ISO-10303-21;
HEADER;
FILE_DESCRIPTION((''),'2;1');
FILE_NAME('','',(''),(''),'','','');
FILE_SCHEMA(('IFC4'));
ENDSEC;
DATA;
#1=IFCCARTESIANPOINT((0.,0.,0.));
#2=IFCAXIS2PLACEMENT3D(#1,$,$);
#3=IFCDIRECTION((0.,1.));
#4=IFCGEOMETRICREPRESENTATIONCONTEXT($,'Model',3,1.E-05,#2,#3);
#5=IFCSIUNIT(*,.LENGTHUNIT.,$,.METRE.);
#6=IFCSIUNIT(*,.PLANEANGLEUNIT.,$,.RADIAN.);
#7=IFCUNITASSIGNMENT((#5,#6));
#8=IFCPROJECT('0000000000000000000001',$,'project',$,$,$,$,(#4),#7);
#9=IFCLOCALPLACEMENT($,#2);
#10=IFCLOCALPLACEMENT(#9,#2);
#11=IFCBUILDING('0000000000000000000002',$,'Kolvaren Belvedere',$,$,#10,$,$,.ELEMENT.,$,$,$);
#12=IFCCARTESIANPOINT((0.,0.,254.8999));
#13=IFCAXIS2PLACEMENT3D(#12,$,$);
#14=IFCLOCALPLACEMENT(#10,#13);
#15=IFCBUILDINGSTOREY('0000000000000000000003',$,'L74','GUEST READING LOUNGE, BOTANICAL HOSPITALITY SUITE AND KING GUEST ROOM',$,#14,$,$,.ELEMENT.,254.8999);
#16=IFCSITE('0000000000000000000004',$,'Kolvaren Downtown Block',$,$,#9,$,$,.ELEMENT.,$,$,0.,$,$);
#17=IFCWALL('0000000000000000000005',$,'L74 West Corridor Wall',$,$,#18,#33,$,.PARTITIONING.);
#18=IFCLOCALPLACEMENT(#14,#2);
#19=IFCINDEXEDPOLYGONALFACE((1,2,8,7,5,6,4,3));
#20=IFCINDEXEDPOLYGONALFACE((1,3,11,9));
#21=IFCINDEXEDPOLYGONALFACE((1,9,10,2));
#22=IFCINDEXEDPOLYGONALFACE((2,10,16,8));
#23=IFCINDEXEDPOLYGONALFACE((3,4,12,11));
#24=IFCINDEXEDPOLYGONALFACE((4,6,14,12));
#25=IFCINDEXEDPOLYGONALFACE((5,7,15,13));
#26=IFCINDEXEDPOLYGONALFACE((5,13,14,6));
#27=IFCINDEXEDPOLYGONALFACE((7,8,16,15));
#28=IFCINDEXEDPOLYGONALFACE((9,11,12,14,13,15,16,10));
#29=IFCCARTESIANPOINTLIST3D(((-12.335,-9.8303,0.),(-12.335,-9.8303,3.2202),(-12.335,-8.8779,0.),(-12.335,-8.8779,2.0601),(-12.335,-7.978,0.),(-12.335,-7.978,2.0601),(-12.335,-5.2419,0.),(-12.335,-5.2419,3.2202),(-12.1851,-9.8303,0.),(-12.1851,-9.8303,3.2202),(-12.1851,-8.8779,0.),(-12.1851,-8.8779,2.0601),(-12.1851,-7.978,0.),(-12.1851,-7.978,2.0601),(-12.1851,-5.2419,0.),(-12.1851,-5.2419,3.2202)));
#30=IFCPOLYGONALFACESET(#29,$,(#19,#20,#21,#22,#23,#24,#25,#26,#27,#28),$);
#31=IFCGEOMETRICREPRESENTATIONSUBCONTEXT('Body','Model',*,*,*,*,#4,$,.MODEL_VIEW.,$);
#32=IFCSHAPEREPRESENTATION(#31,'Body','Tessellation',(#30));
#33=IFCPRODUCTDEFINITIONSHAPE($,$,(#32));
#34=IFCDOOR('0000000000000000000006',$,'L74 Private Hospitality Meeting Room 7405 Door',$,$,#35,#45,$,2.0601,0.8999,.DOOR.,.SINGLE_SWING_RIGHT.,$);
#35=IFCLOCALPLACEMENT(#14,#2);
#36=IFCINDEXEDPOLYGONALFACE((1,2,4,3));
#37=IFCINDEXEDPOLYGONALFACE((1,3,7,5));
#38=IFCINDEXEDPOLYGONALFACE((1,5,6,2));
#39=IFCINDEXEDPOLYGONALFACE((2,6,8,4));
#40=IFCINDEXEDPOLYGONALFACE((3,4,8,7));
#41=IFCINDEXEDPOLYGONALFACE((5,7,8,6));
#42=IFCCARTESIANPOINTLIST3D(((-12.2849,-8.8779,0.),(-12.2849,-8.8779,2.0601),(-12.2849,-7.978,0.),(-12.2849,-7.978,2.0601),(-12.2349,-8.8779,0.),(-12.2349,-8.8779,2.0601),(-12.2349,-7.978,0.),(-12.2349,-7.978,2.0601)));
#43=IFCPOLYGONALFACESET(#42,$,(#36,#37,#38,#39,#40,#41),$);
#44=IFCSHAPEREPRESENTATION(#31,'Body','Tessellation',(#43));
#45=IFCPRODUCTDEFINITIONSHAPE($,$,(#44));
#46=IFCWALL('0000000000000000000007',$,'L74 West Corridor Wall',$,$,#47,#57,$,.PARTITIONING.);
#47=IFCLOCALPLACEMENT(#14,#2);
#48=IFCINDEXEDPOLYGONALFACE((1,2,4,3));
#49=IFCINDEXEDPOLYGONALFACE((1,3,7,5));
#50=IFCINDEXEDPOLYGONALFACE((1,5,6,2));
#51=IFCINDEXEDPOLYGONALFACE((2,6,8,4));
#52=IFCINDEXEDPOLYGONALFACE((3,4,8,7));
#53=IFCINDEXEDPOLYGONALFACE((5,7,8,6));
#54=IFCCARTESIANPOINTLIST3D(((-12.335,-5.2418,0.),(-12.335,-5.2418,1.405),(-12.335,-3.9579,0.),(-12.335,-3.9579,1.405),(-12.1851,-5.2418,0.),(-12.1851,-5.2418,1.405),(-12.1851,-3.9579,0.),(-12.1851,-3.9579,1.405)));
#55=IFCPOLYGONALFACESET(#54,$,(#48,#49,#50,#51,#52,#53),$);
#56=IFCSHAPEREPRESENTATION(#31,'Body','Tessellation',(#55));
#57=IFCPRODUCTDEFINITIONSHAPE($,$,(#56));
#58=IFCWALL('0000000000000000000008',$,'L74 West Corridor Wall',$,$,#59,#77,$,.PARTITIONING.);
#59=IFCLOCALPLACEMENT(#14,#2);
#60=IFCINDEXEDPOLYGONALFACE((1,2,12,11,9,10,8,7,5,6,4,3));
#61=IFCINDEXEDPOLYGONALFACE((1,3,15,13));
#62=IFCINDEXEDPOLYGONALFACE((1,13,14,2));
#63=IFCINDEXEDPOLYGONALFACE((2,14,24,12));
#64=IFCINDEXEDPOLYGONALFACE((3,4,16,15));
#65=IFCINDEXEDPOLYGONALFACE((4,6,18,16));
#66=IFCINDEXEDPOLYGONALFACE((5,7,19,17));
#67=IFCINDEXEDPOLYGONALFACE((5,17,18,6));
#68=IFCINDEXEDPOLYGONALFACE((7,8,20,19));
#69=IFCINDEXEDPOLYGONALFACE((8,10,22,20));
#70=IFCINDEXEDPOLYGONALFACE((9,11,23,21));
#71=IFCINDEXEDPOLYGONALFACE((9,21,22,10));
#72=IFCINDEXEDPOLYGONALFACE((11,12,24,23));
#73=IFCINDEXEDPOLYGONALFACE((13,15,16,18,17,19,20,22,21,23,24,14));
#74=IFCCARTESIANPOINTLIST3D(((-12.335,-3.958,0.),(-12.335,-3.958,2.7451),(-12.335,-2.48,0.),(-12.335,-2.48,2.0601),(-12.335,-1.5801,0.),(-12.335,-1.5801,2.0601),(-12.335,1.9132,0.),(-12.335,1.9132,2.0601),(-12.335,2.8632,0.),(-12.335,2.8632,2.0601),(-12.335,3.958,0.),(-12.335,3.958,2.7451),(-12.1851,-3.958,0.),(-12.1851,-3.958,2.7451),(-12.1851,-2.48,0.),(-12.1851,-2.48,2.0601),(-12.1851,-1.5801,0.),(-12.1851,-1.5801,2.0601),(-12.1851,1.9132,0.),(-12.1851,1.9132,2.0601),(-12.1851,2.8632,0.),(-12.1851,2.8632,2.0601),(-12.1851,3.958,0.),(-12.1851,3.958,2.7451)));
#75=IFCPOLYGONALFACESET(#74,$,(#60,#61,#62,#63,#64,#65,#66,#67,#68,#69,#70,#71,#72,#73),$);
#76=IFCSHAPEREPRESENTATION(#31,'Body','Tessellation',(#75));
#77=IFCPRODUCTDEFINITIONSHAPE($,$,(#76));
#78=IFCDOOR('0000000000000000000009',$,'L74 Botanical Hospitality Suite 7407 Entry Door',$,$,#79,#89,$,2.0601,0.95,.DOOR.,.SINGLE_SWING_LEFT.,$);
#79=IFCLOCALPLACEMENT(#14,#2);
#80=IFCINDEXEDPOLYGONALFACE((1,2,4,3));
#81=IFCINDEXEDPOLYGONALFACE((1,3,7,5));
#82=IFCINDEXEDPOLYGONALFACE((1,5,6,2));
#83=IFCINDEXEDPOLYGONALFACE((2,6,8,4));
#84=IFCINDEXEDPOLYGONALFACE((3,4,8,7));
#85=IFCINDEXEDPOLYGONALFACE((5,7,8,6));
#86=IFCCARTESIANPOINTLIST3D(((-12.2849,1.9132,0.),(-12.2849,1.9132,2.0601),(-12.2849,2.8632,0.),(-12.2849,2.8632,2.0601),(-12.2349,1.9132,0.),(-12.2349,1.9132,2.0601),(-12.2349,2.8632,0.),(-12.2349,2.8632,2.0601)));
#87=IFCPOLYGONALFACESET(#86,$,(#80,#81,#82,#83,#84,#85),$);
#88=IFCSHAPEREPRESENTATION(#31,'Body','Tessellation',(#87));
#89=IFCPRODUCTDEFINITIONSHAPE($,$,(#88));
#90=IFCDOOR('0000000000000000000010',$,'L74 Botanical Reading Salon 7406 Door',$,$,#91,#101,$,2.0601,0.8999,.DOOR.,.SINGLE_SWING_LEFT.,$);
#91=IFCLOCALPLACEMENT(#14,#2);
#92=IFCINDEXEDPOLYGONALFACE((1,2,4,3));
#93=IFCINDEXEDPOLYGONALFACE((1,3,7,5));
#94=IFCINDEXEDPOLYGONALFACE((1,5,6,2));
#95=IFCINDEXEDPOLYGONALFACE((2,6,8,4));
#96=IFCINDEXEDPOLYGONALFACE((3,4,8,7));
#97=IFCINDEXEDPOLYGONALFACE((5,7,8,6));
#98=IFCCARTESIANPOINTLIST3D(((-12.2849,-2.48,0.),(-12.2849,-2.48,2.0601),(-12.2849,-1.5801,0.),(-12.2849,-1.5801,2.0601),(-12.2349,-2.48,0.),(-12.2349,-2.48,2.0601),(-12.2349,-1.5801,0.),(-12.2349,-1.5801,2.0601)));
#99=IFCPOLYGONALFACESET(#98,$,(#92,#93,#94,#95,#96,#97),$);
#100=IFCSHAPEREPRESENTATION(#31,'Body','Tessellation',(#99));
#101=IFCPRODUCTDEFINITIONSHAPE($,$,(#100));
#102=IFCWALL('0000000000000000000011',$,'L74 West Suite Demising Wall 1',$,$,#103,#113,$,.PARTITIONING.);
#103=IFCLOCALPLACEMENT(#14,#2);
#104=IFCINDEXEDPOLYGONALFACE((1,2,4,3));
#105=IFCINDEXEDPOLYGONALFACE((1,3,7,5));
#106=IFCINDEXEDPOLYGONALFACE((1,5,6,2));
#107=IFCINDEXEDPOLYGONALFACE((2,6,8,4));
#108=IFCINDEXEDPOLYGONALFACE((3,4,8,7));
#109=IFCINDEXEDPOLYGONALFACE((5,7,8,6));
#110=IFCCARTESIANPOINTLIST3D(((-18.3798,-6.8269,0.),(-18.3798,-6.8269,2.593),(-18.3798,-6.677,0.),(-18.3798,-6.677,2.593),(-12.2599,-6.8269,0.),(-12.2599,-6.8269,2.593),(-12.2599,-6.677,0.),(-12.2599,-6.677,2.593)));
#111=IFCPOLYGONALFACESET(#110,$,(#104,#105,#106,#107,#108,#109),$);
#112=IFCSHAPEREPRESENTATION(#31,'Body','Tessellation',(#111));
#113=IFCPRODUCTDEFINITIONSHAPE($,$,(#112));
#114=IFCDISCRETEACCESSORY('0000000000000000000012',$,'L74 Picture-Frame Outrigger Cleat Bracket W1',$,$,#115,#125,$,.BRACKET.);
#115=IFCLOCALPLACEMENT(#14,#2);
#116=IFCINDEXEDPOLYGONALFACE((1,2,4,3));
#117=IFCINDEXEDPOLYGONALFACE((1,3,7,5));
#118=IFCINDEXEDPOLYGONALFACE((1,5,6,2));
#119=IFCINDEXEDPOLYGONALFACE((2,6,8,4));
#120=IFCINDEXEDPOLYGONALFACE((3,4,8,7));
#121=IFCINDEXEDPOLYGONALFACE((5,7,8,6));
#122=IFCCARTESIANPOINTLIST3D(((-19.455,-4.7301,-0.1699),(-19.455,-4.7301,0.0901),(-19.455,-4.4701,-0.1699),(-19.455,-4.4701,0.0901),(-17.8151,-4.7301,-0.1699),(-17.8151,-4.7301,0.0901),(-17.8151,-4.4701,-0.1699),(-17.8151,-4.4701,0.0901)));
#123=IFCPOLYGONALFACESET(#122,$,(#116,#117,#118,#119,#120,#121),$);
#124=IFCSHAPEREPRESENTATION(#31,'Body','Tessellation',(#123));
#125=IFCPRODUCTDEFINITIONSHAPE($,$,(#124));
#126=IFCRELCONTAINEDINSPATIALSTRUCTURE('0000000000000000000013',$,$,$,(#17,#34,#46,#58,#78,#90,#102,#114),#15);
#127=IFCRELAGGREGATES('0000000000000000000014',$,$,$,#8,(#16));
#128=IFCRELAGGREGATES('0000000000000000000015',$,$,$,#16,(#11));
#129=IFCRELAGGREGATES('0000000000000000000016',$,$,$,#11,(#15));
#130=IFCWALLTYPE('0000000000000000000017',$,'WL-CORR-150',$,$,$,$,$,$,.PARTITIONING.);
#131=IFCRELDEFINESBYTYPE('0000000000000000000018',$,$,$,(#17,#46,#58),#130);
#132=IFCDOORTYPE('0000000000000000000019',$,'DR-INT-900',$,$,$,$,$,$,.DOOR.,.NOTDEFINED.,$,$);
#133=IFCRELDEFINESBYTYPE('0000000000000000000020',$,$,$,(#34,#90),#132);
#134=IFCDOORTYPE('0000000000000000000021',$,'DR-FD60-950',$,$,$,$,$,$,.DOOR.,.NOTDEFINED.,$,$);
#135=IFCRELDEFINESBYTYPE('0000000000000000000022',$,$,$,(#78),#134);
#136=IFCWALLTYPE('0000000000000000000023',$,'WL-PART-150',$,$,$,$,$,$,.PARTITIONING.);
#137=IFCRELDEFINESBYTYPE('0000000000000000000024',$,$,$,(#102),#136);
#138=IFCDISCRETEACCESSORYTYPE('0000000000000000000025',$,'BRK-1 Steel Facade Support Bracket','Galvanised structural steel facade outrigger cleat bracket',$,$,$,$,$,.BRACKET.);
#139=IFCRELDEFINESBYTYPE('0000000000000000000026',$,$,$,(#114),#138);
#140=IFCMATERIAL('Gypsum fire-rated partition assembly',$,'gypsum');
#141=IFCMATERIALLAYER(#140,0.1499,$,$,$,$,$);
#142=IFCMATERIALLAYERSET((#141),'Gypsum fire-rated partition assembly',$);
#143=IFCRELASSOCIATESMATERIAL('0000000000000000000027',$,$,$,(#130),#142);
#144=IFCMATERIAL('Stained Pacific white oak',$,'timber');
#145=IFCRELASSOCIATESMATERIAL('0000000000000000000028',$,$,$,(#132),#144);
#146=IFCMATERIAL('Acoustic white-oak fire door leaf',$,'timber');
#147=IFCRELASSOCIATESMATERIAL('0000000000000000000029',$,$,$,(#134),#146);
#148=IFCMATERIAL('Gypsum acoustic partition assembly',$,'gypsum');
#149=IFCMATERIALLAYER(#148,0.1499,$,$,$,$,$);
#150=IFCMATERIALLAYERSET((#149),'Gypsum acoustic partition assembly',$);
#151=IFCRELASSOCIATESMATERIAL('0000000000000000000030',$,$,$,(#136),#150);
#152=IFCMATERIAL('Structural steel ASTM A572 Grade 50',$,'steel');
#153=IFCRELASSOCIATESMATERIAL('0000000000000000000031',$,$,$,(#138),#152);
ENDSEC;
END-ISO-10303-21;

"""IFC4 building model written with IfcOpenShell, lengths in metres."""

from ifc_helpers import new_model, si_unit, direction, frame, frame_2d, origin, origin_2d, place, context, subcontext, project, spatial, rectangle, extrude, material, layer, layer_set, type_object, element, fill, save


model = new_model("IFC4")

# Units and contexts
model_context = context("Model", 3, precision=1e-05, world=origin(), true_north=direction((0.0, 1.0)))
body_context = subcontext(model_context, "Body", "Model", "MODEL_VIEW")
ifc_project = project(units=[si_unit("LENGTHUNIT", "METRE"), si_unit("PLANEANGLEUNIT", "RADIAN")], contexts=[model_context])

# Site, building, storey
site_placement = place(None, origin())
site = spatial("IfcSite", under=ifc_project, at=site_placement, Name="Kolvaren Downtown Block", CompositionType="ELEMENT", RefElevation=0.0)
building_placement = place(site_placement, origin())
building = spatial("IfcBuilding", under=site, at=building_placement, Name="Kolvaren Belvedere", CompositionType="ELEMENT")
storey_placement = place(building_placement, frame((0.0, 0.0, 254.8999)))
storey = spatial("IfcBuildingStorey", under=building, at=storey_placement, Name="L74", Description="GUEST READING LOUNGE, BOTANICAL HOSPITALITY SUITE AND KING GUEST ROOM", CompositionType="ELEMENT", Elevation=254.8999)

# Shared definitions
ifc_material_1 = material(Name="Gypsum fire-rated partition assembly", Category="gypsum")
ifc_layer_1 = layer(ifc_material_1, 0.1499)
ifc_layer_set_1 = layer_set([ifc_layer_1], Name="Gypsum fire-rated partition assembly")
wall_type_1 = type_object("IfcWallType", Name="WL-CORR-150", PredefinedType="PARTITIONING", material=ifc_layer_set_1)

# Wall, opening, door
wall_1_placement = place(storey_placement, frame((-12.26, -9.8303, 0.0), z_axis=(0.0, 0.0, 1.0), x_axis=(0.0, 1.0, 0.0)))
wall_1 = element("IfcWall", 1, at=wall_1_placement, inside=storey, type_object=wall_type_1, Name="L74 West Corridor Wall", PredefinedType="PARTITIONING", context=body_context, shape_type="SweptSolid", body=[
    extrude(rectangle(XDim=4.5884, YDim=0.1499, at=frame_2d((2.2942, 0.0))), origin(), (0.0, 0.0, 1.0), 3.2202),
])
opening_1_placement = place(wall_1_placement, frame((0.9524, 0.0, 0.0)))
opening_1 = element("IfcOpeningElement", 2, at=opening_1_placement, cuts=wall_1, PredefinedType="OPENING", context=body_context, shape_type="SweptSolid", body=[
    extrude(rectangle(XDim=0.8999, YDim=2.0601, at=frame_2d((0.45, 1.03))), frame((0.0, 0.085, 0.0), z_axis=(0.0, -1.0, 0.0), x_axis=(1.0, 0.0, 0.0)), (0.0, 0.0, 1.0), 0.1699),
])
ifc_material_2 = material(Name="Stained Pacific white oak", Category="timber")
door_type_1 = type_object("IfcDoorType", Name="DR-INT-900", OperationType="NOTDEFINED", PredefinedType="DOOR", material=ifc_material_2)
door_1_placement = place(opening_1_placement, origin())
door_1 = element("IfcDoor", 3, at=door_1_placement, inside=storey, type_object=door_type_1, Name="L74 Private Hospitality Meeting Room 7405 Door", OperationType="SINGLE_SWING_RIGHT", OverallHeight=2.0601, OverallWidth=0.8999, PredefinedType="DOOR", context=body_context, shape_type="SweptSolid", body=[
    extrude(rectangle(XDim=0.8999, YDim=2.0601, at=frame_2d((0.45, 1.03))), frame((0.0, 0.0249, 0.0), z_axis=(0.0, -1.0, 0.0), x_axis=(1.0, 0.0, 0.0)), (0.0, 0.0, 1.0), 0.05),
])
fill(opening_1, door_1)

# Wall
wall_2_placement = place(storey_placement, frame((-12.26, -5.2419, 0.0), z_axis=(0.0, 0.0, 1.0), x_axis=(0.0, 1.0, 0.0)))
element("IfcWall", 4, at=wall_2_placement, inside=storey, type_object=wall_type_1, Name="L74 West Corridor Wall", PredefinedType="PARTITIONING", context=body_context, shape_type="SweptSolid", body=[
    extrude(rectangle(XDim=1.2839, YDim=0.1499, at=frame_2d((0.6421, 0.0))), origin(), (0.0, 0.0, 1.0), 1.405),
])

# Wall, openings, doors
wall_3_placement = place(storey_placement, frame((-12.26, -3.958, 0.0), z_axis=(0.0, 0.0, 1.0), x_axis=(0.0, 1.0, 0.0)))
wall_3 = element("IfcWall", 5, at=wall_3_placement, inside=storey, type_object=wall_type_1, Name="L74 West Corridor Wall", PredefinedType="PARTITIONING", context=body_context, shape_type="SweptSolid", body=[
    extrude(rectangle(XDim=7.916, YDim=0.1499, at=frame_2d((3.958, 0.0))), origin(), (0.0, 0.0, 1.0), 2.7451),
])
opening_2_placement = place(wall_3_placement, frame((1.478, 0.0, 0.0)))
opening_2 = element("IfcOpeningElement", 6, at=opening_2_placement, cuts=wall_3, PredefinedType="OPENING", context=body_context, shape_type="SweptSolid", body=[
    extrude(rectangle(XDim=0.8999, YDim=2.0601, at=frame_2d((0.45, 1.03))), frame((0.0, 0.085, 0.0), z_axis=(0.0, -1.0, 0.0), x_axis=(1.0, 0.0, 0.0)), (0.0, 0.0, 1.0), 0.1699),
])
opening_3_placement = place(wall_3_placement, frame((5.8711, 0.0, 0.0)))
opening_3 = element("IfcOpeningElement", 7, at=opening_3_placement, cuts=wall_3, PredefinedType="OPENING", context=body_context, shape_type="SweptSolid", body=[
    extrude(rectangle(XDim=0.95, YDim=2.0601, at=frame_2d((0.4751, 1.03))), frame((0.0, 0.085, 0.0), z_axis=(0.0, -1.0, 0.0), x_axis=(1.0, 0.0, 0.0)), (0.0, 0.0, 1.0), 0.1699),
])
ifc_material_3 = material(Name="Acoustic white-oak fire door leaf", Category="timber")
door_type_2 = type_object("IfcDoorType", Name="DR-FD60-950", OperationType="NOTDEFINED", PredefinedType="DOOR", material=ifc_material_3)
door_2_placement = place(opening_3_placement, origin())
door_2 = element("IfcDoor", 8, at=door_2_placement, inside=storey, type_object=door_type_2, Name="L74 Botanical Hospitality Suite 7407 Entry Door", OperationType="SINGLE_SWING_LEFT", OverallHeight=2.0601, OverallWidth=0.95, PredefinedType="DOOR", context=body_context, shape_type="SweptSolid", body=[
    extrude(rectangle(XDim=0.95, YDim=2.0601, at=frame_2d((0.4751, 1.03))), frame((0.0, 0.0249, 0.0), z_axis=(0.0, -1.0, 0.0), x_axis=(1.0, 0.0, 0.0)), (0.0, 0.0, 1.0), 0.05),
])
fill(opening_3, door_2)
door_3_placement = place(opening_2_placement, origin())
door_3 = element("IfcDoor", 9, at=door_3_placement, inside=storey, type_object=door_type_1, Name="L74 Botanical Reading Salon 7406 Door", OperationType="SINGLE_SWING_LEFT", OverallHeight=2.0601, OverallWidth=0.8999, PredefinedType="DOOR", context=body_context, shape_type="SweptSolid", body=[
    extrude(rectangle(XDim=0.8999, YDim=2.0601, at=frame_2d((0.45, 1.03))), frame((0.0, 0.0249, 0.0), z_axis=(0.0, -1.0, 0.0), x_axis=(1.0, 0.0, 0.0)), (0.0, 0.0, 1.0), 0.05),
])
fill(opening_2, door_3)

# Wall
ifc_material_4 = material(Name="Gypsum acoustic partition assembly", Category="gypsum")
ifc_layer_2 = layer(ifc_material_4, 0.1499)
ifc_layer_set_2 = layer_set([ifc_layer_2], Name="Gypsum acoustic partition assembly")
wall_type_2 = type_object("IfcWallType", Name="WL-PART-150", PredefinedType="PARTITIONING", material=ifc_layer_set_2)
wall_4_placement = place(storey_placement, frame((-18.3799, -6.752, 0.0), z_axis=(0.0, 0.0, 1.0), x_axis=(1.0, 0.0, 0.0)))
element("IfcWall", 10, at=wall_4_placement, inside=storey, type_object=wall_type_2, Name="L74 West Suite Demising Wall 1", PredefinedType="PARTITIONING", context=body_context, shape_type="SweptSolid", body=[
    extrude(rectangle(XDim=6.1199, YDim=0.1499, at=frame_2d((3.0601, 0.0))), origin(), (0.0, 0.0, 1.0), 2.593),
])

# Discrete accessory
ifc_material_5 = material(Name="Structural steel ASTM A572 Grade 50", Category="steel")
discrete_accessory_type = type_object("IfcDiscreteAccessoryType", Name="BRK-1 Steel Facade Support Bracket", Description="Galvanised structural steel facade outrigger cleat bracket", PredefinedType="BRACKET", material=ifc_material_5)
discrete_accessory_placement = place(storey_placement, frame((-18.635, -4.6001, -0.1699), z_axis=(0.0, 0.0, 1.0), x_axis=(1.0, 0.0, 0.0)))
element("IfcDiscreteAccessory", 11, at=discrete_accessory_placement, inside=storey, type_object=discrete_accessory_type, Name="L74 Picture-Frame Outrigger Cleat Bracket W1", PredefinedType="BRACKET", context=body_context, shape_type="SweptSolid", body=[
    extrude(rectangle(XDim=1.6399, YDim=0.26, at=origin_2d()), origin(), (0.0, 0.0, 1.0), 0.26),
])

save(model, "model.ifc")
